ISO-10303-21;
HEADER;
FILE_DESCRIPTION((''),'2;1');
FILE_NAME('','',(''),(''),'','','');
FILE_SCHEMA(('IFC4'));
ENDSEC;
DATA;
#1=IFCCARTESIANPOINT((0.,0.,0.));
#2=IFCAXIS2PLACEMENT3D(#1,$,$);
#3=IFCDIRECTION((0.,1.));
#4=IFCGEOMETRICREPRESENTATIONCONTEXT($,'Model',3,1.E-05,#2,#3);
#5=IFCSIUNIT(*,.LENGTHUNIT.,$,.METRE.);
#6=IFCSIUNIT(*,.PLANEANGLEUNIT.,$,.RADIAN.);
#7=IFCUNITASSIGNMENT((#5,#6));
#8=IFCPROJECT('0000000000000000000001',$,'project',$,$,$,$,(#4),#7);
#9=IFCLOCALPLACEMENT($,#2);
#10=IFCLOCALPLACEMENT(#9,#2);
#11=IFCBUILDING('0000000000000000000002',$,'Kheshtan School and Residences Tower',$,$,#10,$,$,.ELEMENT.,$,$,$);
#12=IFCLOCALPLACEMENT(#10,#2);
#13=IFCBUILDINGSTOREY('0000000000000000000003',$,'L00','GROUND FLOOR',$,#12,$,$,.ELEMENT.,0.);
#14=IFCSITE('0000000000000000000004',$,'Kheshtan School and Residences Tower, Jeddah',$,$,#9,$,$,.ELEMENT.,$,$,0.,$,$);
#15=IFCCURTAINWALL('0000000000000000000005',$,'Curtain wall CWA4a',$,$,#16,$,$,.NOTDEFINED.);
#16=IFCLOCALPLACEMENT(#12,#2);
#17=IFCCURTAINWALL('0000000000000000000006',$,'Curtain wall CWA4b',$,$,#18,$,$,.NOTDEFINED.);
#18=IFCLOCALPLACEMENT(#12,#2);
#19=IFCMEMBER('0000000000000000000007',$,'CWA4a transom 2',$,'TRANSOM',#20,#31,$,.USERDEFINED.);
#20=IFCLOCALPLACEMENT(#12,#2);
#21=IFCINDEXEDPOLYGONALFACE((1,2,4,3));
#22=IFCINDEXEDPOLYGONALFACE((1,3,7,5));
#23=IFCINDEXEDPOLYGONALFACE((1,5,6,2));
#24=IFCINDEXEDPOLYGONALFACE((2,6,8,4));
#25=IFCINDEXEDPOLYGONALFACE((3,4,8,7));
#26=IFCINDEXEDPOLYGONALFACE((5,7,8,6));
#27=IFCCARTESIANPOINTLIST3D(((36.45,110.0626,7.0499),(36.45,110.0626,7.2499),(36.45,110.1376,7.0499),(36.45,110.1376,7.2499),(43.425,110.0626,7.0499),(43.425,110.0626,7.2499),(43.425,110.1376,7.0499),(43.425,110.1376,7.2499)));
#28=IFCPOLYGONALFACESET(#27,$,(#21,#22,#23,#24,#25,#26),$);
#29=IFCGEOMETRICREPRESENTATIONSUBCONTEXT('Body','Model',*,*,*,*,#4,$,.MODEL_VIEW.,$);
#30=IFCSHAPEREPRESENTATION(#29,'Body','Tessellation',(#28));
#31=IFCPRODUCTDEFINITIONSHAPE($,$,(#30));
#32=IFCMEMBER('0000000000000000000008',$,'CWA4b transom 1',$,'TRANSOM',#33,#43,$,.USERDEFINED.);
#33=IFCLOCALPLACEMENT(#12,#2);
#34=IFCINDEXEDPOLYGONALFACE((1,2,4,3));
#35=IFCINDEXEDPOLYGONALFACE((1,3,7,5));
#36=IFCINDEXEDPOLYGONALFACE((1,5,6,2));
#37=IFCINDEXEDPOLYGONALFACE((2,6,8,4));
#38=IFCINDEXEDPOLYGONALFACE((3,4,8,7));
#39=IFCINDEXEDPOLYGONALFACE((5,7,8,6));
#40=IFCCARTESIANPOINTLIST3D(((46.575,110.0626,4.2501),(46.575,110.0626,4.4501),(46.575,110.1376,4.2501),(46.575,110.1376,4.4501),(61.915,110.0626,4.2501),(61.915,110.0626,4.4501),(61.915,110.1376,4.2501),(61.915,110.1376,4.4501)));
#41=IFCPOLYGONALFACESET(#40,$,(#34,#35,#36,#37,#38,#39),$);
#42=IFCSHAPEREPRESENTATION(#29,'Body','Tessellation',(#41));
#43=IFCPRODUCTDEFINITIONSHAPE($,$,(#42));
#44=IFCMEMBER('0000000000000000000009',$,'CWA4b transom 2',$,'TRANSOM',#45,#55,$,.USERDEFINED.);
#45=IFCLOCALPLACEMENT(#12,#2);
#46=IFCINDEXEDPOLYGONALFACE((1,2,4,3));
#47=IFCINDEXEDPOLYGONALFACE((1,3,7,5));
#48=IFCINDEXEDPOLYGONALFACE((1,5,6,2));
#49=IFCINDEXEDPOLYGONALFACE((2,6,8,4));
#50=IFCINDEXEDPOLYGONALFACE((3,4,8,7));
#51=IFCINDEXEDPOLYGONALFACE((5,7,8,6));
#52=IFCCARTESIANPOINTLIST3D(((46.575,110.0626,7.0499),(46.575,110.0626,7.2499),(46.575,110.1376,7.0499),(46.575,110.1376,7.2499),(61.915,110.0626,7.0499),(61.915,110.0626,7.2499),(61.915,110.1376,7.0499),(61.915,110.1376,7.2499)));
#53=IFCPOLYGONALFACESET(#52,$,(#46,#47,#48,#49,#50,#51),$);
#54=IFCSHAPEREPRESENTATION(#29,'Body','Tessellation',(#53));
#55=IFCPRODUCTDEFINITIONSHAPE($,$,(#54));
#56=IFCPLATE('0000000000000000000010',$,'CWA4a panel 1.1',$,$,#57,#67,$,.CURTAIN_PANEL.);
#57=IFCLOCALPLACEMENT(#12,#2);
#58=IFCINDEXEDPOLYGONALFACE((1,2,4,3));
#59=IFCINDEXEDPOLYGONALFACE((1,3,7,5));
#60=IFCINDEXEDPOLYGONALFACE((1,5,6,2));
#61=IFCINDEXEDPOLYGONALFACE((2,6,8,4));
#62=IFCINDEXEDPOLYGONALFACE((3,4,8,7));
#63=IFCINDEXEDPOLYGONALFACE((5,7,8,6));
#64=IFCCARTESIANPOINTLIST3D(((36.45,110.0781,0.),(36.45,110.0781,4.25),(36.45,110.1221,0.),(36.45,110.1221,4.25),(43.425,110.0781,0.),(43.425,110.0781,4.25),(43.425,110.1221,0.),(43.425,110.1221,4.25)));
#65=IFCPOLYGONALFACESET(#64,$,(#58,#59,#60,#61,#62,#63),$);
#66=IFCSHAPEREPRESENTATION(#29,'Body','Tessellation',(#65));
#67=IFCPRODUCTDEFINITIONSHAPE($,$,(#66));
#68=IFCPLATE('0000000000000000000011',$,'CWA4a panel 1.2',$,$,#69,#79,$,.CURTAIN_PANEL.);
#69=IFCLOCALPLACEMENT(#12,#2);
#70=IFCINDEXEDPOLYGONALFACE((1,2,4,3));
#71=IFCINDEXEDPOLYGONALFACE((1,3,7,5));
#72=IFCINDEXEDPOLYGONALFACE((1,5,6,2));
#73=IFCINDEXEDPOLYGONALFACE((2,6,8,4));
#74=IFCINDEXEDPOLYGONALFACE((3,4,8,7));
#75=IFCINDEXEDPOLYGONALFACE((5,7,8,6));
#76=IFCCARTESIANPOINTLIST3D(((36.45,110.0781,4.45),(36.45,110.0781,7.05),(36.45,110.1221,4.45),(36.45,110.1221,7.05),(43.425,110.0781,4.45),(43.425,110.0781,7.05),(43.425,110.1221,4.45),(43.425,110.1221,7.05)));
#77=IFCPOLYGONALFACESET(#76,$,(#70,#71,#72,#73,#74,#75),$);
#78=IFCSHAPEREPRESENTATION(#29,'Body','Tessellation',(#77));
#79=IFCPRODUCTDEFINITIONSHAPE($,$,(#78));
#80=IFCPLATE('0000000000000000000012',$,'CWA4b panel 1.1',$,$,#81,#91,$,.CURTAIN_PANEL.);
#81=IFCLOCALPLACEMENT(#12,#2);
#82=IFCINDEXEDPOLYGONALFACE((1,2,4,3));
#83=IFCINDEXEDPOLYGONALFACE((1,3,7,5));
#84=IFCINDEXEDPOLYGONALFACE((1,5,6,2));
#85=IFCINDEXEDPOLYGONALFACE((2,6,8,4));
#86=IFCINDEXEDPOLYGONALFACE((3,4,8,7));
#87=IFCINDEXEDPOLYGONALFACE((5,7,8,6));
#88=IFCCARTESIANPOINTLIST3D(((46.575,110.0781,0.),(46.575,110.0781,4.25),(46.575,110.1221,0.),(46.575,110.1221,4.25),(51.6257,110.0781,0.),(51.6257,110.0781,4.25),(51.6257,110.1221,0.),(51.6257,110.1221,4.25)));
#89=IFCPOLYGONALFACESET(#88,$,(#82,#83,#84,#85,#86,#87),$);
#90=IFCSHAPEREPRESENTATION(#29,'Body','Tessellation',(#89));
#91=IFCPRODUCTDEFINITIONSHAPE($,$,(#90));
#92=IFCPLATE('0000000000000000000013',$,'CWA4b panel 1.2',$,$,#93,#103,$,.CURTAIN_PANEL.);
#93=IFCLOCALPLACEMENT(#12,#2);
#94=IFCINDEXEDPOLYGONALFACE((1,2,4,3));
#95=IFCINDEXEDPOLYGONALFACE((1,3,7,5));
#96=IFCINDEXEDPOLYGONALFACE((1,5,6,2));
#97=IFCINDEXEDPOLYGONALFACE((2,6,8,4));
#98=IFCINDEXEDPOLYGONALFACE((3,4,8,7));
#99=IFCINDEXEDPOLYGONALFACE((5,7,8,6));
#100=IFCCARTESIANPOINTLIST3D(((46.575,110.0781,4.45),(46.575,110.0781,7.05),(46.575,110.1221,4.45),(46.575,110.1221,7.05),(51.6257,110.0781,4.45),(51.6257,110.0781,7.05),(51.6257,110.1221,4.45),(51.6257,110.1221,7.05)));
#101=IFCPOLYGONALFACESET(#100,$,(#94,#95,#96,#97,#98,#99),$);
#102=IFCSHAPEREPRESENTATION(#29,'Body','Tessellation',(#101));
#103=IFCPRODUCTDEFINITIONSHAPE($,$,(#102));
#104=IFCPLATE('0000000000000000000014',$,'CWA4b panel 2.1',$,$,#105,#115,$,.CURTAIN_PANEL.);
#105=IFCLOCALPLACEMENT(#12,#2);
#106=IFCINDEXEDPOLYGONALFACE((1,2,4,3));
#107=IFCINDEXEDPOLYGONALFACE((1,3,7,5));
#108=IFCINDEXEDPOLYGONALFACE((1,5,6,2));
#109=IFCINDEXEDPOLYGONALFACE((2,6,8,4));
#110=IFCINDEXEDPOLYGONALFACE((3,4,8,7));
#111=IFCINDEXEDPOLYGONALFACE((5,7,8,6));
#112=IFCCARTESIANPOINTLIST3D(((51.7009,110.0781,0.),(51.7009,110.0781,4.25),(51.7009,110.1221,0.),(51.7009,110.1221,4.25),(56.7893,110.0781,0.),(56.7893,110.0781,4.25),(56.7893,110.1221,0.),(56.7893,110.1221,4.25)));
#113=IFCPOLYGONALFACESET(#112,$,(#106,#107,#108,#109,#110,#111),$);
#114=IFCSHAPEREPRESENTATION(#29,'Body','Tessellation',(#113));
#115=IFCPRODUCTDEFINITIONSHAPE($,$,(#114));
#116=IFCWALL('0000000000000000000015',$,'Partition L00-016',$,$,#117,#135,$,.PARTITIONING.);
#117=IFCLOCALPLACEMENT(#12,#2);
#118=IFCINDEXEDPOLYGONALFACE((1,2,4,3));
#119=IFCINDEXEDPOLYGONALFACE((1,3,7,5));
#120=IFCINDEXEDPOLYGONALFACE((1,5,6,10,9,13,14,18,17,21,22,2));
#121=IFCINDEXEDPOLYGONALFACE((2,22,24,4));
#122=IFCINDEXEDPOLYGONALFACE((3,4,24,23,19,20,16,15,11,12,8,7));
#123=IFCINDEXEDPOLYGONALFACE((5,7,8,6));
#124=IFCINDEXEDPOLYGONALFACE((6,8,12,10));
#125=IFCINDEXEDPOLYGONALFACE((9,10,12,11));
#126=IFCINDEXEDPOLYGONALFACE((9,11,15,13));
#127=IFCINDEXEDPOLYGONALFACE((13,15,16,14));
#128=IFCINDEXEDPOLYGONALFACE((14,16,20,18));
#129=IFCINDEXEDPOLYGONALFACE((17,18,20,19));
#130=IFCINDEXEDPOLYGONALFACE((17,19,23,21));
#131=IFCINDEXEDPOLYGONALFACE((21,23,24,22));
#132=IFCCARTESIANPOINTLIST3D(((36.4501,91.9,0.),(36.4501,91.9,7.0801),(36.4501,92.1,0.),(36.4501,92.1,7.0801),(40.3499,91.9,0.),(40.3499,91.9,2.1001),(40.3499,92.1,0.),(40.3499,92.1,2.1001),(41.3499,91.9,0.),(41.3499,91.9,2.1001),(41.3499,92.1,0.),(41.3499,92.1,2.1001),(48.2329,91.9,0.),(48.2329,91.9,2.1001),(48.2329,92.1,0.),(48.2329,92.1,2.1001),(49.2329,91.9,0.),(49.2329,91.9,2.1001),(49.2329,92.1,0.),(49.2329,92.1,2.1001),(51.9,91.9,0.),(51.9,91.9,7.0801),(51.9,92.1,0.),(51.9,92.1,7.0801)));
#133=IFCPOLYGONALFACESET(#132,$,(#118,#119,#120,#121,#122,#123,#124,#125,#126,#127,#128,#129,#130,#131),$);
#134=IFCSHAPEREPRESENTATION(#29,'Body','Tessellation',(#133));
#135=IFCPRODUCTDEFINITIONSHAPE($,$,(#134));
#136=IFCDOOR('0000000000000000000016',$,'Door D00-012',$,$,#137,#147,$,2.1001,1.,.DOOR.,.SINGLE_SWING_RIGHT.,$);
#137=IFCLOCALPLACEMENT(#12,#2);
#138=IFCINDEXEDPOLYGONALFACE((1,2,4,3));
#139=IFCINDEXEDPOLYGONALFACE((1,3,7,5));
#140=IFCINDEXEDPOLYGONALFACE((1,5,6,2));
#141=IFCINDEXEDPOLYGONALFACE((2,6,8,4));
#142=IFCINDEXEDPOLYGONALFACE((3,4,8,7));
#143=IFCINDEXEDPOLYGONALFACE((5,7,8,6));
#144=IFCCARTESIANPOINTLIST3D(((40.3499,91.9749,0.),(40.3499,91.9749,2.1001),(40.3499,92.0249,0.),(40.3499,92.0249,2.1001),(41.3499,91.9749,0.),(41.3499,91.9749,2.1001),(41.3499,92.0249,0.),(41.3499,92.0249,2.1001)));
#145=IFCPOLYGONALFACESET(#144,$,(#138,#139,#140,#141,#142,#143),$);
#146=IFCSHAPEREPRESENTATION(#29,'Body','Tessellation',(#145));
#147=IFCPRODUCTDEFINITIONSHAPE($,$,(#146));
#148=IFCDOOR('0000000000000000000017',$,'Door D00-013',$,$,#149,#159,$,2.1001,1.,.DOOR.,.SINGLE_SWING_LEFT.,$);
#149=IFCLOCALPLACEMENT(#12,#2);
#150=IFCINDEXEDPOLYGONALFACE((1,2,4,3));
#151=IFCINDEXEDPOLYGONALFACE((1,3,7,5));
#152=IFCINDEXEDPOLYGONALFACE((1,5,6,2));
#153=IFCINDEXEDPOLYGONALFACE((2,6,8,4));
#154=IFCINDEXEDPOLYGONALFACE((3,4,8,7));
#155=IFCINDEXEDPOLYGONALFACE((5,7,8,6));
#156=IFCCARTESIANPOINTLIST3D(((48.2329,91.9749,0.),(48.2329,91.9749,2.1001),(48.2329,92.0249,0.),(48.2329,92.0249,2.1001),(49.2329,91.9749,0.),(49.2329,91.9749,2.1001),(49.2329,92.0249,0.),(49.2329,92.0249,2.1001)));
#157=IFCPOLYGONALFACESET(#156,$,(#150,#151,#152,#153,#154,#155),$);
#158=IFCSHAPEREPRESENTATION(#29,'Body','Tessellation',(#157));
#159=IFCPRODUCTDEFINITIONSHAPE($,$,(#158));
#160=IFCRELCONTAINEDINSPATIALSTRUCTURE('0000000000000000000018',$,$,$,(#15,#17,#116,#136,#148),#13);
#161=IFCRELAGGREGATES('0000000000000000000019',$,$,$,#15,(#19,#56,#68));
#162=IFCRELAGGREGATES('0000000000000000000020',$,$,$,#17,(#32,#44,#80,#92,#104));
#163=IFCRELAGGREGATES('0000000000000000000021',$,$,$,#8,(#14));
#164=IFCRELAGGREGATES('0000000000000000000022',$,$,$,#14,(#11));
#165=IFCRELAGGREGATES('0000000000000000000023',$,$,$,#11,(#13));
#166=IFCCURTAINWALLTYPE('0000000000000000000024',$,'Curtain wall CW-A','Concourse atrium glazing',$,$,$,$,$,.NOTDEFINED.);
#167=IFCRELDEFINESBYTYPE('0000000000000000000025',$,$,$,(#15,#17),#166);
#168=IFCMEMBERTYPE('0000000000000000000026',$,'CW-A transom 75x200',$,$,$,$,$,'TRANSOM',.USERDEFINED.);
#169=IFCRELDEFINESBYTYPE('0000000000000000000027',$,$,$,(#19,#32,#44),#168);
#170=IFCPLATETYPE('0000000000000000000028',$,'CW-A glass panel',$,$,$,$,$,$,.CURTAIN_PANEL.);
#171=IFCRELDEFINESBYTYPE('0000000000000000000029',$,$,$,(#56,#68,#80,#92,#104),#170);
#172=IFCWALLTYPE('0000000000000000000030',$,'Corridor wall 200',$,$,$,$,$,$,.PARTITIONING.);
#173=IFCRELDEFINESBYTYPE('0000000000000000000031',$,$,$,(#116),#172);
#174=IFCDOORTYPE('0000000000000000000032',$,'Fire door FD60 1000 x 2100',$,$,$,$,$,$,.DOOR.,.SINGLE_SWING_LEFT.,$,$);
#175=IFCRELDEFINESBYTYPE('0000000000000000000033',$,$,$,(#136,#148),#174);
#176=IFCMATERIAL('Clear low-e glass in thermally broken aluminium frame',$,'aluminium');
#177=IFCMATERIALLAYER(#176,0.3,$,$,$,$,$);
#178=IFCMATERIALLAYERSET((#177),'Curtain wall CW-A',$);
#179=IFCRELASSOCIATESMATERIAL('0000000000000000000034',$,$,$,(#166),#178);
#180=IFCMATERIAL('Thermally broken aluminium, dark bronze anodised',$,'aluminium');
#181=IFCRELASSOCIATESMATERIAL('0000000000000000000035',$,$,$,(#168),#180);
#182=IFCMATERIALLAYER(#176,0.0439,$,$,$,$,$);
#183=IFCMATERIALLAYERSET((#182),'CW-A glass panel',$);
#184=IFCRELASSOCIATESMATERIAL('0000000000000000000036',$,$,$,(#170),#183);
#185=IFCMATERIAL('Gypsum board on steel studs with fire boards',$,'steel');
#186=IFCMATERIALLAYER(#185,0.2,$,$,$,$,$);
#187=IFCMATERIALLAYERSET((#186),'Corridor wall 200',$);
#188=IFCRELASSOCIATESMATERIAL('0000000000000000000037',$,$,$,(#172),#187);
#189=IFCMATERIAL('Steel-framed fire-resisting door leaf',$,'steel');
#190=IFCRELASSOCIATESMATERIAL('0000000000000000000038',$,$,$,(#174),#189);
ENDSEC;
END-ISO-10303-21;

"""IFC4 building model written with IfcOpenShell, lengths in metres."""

from ifc_helpers import new_model, si_unit, direction, frame, frame_2d, origin, origin_2d, place, context, subcontext, project, spatial, rectangle, extrude, source, transform, mapped, material, layer, layer_set, material_profile, profile_set, type_object, element, fill, aggregate, save


model = new_model("IFC4")

# Units and contexts
model_context = context("Model", 3, precision=1e-05, world=origin(), true_north=direction((0.0, 1.0)))
body_context = subcontext(model_context, "Body", "Model", "MODEL_VIEW")
ifc_project = project(units=[si_unit("LENGTHUNIT", "METRE"), si_unit("PLANEANGLEUNIT", "RADIAN")], contexts=[model_context])

# Site, building, storey
site_placement = place(None, origin())
site = spatial("IfcSite", under=ifc_project, at=site_placement, Name="Kheshtan School and Residences Tower, Jeddah", CompositionType="ELEMENT", RefElevation=0.0)
building_placement = place(site_placement, origin())
building = spatial("IfcBuilding", under=site, at=building_placement, Name="Kheshtan School and Residences Tower", CompositionType="ELEMENT")
storey_placement = place(building_placement, origin())
storey = spatial("IfcBuildingStorey", under=building, at=storey_placement, Name="L00", Description="GROUND FLOOR", CompositionType="ELEMENT", Elevation=0.0)

# Curtain wall
ifc_material_1 = material(Name="Clear low-e glass in thermally broken aluminium frame", Category="aluminium")
ifc_layer_1 = layer(ifc_material_1, 0.3)
ifc_layer_set_1 = layer_set([ifc_layer_1], Name="Curtain wall CW-A")
curtain_wall_type = type_object("IfcCurtainWallType", Name="Curtain wall CW-A", Description="Concourse atrium glazing", PredefinedType="NOTDEFINED", material=ifc_layer_set_1)
curtain_wall_1_placement = place(storey_placement, origin())
curtain_wall_1 = element("IfcCurtainWall", 1, at=curtain_wall_1_placement, inside=storey, type_object=curtain_wall_type, Name="Curtain wall CWA4a", PredefinedType="NOTDEFINED")
ifc_material_2 = material(Name="Thermally broken aluminium, dark bronze anodised", Category="aluminium")

# Curtain wall
curtain_wall_2_placement = place(storey_placement, origin())
curtain_wall_2 = element("IfcCurtainWall", 2, at=curtain_wall_2_placement, inside=storey, type_object=curtain_wall_type, Name="Curtain wall CWA4b", PredefinedType="NOTDEFINED")

# Members
ifc_material_profile_1 = material_profile(ifc_material_2, rectangle(XDim=0.075, YDim=0.2, at=origin_2d()), Name="CW-A transom 75x200")
ifc_profile_set_1 = profile_set([ifc_material_profile_1], Name="Thermally broken aluminium, dark bronze anodised")
member_type_1 = type_object("IfcMemberType", Name="CW-A transom 75x200", ElementType="TRANSOM", PredefinedType="USERDEFINED", material=ifc_profile_set_1)
member_1_placement = place(storey_placement, frame((36.45, 110.1001, 7.1499), z_axis=(1.0, 0.0, 0.0), x_axis=(0.0, 1.0, 0.0)))
member_1 = element("IfcMember", 3, at=member_1_placement, type_object=member_type_1, Name="CWA4a transom 2", ObjectType="TRANSOM", PredefinedType="USERDEFINED", context=body_context, shape_type="SweptSolid", body=[
    extrude(rectangle(XDim=0.075, YDim=0.2, at=origin_2d()), origin(), (0.0, 0.0, 1.0), 6.9751),
])
member_2_placement = place(storey_placement, frame((46.575, 110.1001, 4.3501), z_axis=(1.0, 0.0, 0.0), x_axis=(0.0, 1.0, 0.0)))
member_2 = element("IfcMember", 4, at=member_2_placement, type_object=member_type_1, Name="CWA4b transom 1", ObjectType="TRANSOM", PredefinedType="USERDEFINED", context=body_context, shape_type="SweptSolid", body=[
    extrude(rectangle(XDim=0.075, YDim=0.2, at=origin_2d()), origin(), (0.0, 0.0, 1.0), 15.3401),
])
member_3_placement = place(storey_placement, frame((46.575, 110.1001, 7.1499), z_axis=(1.0, 0.0, 0.0), x_axis=(0.0, 1.0, 0.0)))
member_3 = element("IfcMember", 5, at=member_3_placement, type_object=member_type_1, Name="CWA4b transom 2", ObjectType="TRANSOM", PredefinedType="USERDEFINED", context=body_context, shape_type="SweptSolid", body=[
    extrude(rectangle(XDim=0.075, YDim=0.2, at=origin_2d()), origin(), (0.0, 0.0, 1.0), 15.3401),
])

# Plates
ifc_layer_2 = layer(ifc_material_1, 0.0439)
ifc_layer_set_2 = layer_set([ifc_layer_2], Name="CW-A glass panel")
plate_type = type_object("IfcPlateType", Name="CW-A glass panel", PredefinedType="CURTAIN_PANEL", material=ifc_layer_set_2)
plate_1_placement = place(storey_placement, frame((39.9375, 110.1001, 0.0), z_axis=(0.0, 0.0, 1.0), x_axis=(1.0, 0.0, 0.0)))
plate_1 = element("IfcPlate", 6, at=plate_1_placement, type_object=plate_type, Name="CWA4a panel 1.1", PredefinedType="CURTAIN_PANEL", context=body_context, shape_type="SweptSolid", body=[
    extrude(rectangle(XDim=6.9751, YDim=0.0439, at=origin_2d()), origin(), (0.0, 0.0, 1.0), 4.25),
])
plate_2_placement = place(storey_placement, frame((39.9375, 110.1001, 4.45), z_axis=(0.0, 0.0, 1.0), x_axis=(1.0, 0.0, 0.0)))
plate_2 = element("IfcPlate", 7, at=plate_2_placement, type_object=plate_type, Name="CWA4a panel 1.2", PredefinedType="CURTAIN_PANEL", context=body_context, shape_type="SweptSolid", body=[
    extrude(rectangle(XDim=6.9751, YDim=0.0439, at=origin_2d()), origin(), (0.0, 0.0, 1.0), 2.6001),
])
aggregate(curtain_wall_1, [member_1, plate_1, plate_2])
plate_3_placement = place(storey_placement, frame((49.1003, 110.1001, 0.0), z_axis=(0.0, 0.0, 1.0), x_axis=(1.0, 0.0, 0.0)))
plate_3 = element("IfcPlate", 8, at=plate_3_placement, type_object=plate_type, Name="CWA4b panel 1.1", PredefinedType="CURTAIN_PANEL", context=body_context, shape_type="SweptSolid", body=[
    extrude(rectangle(XDim=5.0508, YDim=0.0439, at=origin_2d()), origin(), (0.0, 0.0, 1.0), 4.25),
])
plate_4_placement = place(storey_placement, frame((49.1003, 110.1001, 4.45), z_axis=(0.0, 0.0, 1.0), x_axis=(1.0, 0.0, 0.0)))
plate_4 = element("IfcPlate", 9, at=plate_4_placement, type_object=plate_type, Name="CWA4b panel 1.2", PredefinedType="CURTAIN_PANEL", context=body_context, shape_type="SweptSolid", body=[
    extrude(rectangle(XDim=5.0508, YDim=0.0439, at=origin_2d()), origin(), (0.0, 0.0, 1.0), 2.6001),
])
plate_5_placement = place(storey_placement, frame((54.2451, 110.1001, 0.0), z_axis=(0.0, 0.0, 1.0), x_axis=(1.0, 0.0, 0.0)))
plate_5 = element("IfcPlate", 10, at=plate_5_placement, type_object=plate_type, Name="CWA4b panel 2.1", PredefinedType="CURTAIN_PANEL", context=body_context, shape_type="SweptSolid", body=[
    extrude(rectangle(XDim=5.0884, YDim=0.0439, at=origin_2d()), origin(), (0.0, 0.0, 1.0), 4.25),
])
aggregate(curtain_wall_2, [member_2, member_3, plate_3, plate_4, plate_5])

# Wall, openings, doors
ifc_material_3 = material(Name="Gypsum board on steel studs with fire boards", Category="steel")
ifc_layer_3 = layer(ifc_material_3, 0.2)
ifc_layer_set_3 = layer_set([ifc_layer_3], Name="Corridor wall 200")
wall_type_1 = type_object("IfcWallType", Name="Corridor wall 200", PredefinedType="PARTITIONING", material=ifc_layer_set_3)
wall_1_placement = place(storey_placement, frame((36.45, 92.0, 0.0), z_axis=(0.0, 0.0, 1.0), x_axis=(1.0, 0.0, 0.0)))
wall_1 = element("IfcWall", 11, at=wall_1_placement, inside=storey, type_object=wall_type_1, Name="Partition L00-016", PredefinedType="PARTITIONING", context=body_context, shape_type="SweptSolid", body=[
    extrude(rectangle(XDim=15.45, YDim=0.2, at=frame_2d((7.7251, 0.0))), origin(), (0.0, 0.0, 1.0), 7.0801),
])
opening_1_placement = place(wall_1_placement, frame((3.8999, 0.0, 0.0)))
opening_1 = element("IfcOpeningElement", 12, at=opening_1_placement, cuts=wall_1, PredefinedType="OPENING", context=body_context, shape_type="SweptSolid", body=[
    extrude(rectangle(XDim=1.0, YDim=2.1001, at=frame_2d((0.5, 1.05))), frame((0.0, 0.1099, 0.0), z_axis=(0.0, -1.0, 0.0), x_axis=(1.0, 0.0, 0.0)), (0.0, 0.0, 1.0), 0.22),
])
opening_2_placement = place(wall_1_placement, frame((11.783, 0.0, 0.0)))
opening_2 = element("IfcOpeningElement", 13, at=opening_2_placement, cuts=wall_1, PredefinedType="OPENING", context=body_context, shape_type="SweptSolid", body=[
    extrude(rectangle(XDim=1.0, YDim=2.1001, at=frame_2d((0.5, 1.05))), frame((0.0, 0.1099, 0.0), z_axis=(0.0, -1.0, 0.0), x_axis=(1.0, 0.0, 0.0)), (0.0, 0.0, 1.0), 0.22),
])
ifc_material_4 = material(Name="Steel-framed fire-resisting door leaf", Category="steel")
door_type_1 = type_object("IfcDoorType", Name="Fire door FD60 1000 x 2100", OperationType="SINGLE_SWING_LEFT", PredefinedType="DOOR", material=ifc_material_4)
shared_shape_1 = source(origin(), body_context, "Body", "SweptSolid", [
    extrude(rectangle(XDim=1.0, YDim=2.1001, at=frame_2d((0.5, 1.05))), frame((0.0, 0.0249, 0.0), z_axis=(0.0, -1.0, 0.0), x_axis=(1.0, 0.0, 0.0)), (0.0, 0.0, 1.0), 0.05),
])
door_1_placement = place(opening_1_placement, origin())
door_1 = element("IfcDoor", 14, at=door_1_placement, inside=storey, type_object=door_type_1, Name="Door D00-012", OperationType="SINGLE_SWING_RIGHT", OverallHeight=2.1001, OverallWidth=1.0, PredefinedType="DOOR", context=body_context, shape_type="MappedRepresentation", body=[
    mapped(shared_shape_1, transform((0.0, 0.0, 0.0), x_axis=(1.0, 0.0, 0.0), y_axis=(0.0, 1.0, 0.0), z_axis=(0.0, 0.0, 1.0), scale=1.0)),
])
fill(opening_1, door_1)
door_2_placement = place(opening_2_placement, origin())
door_2 = element("IfcDoor", 15, at=door_2_placement, inside=storey, type_object=door_type_1, Name="Door D00-013", OperationType="SINGLE_SWING_LEFT", OverallHeight=2.1001, OverallWidth=1.0, PredefinedType="DOOR", context=body_context, shape_type="MappedRepresentation", body=[
    mapped(shared_shape_1, transform((0.0, 0.0, 0.0), x_axis=(1.0, 0.0, 0.0), y_axis=(0.0, 1.0, 0.0), z_axis=(0.0, 0.0, 1.0), scale=1.0)),
])
fill(opening_2, door_2)

save(model, "model.ifc")
